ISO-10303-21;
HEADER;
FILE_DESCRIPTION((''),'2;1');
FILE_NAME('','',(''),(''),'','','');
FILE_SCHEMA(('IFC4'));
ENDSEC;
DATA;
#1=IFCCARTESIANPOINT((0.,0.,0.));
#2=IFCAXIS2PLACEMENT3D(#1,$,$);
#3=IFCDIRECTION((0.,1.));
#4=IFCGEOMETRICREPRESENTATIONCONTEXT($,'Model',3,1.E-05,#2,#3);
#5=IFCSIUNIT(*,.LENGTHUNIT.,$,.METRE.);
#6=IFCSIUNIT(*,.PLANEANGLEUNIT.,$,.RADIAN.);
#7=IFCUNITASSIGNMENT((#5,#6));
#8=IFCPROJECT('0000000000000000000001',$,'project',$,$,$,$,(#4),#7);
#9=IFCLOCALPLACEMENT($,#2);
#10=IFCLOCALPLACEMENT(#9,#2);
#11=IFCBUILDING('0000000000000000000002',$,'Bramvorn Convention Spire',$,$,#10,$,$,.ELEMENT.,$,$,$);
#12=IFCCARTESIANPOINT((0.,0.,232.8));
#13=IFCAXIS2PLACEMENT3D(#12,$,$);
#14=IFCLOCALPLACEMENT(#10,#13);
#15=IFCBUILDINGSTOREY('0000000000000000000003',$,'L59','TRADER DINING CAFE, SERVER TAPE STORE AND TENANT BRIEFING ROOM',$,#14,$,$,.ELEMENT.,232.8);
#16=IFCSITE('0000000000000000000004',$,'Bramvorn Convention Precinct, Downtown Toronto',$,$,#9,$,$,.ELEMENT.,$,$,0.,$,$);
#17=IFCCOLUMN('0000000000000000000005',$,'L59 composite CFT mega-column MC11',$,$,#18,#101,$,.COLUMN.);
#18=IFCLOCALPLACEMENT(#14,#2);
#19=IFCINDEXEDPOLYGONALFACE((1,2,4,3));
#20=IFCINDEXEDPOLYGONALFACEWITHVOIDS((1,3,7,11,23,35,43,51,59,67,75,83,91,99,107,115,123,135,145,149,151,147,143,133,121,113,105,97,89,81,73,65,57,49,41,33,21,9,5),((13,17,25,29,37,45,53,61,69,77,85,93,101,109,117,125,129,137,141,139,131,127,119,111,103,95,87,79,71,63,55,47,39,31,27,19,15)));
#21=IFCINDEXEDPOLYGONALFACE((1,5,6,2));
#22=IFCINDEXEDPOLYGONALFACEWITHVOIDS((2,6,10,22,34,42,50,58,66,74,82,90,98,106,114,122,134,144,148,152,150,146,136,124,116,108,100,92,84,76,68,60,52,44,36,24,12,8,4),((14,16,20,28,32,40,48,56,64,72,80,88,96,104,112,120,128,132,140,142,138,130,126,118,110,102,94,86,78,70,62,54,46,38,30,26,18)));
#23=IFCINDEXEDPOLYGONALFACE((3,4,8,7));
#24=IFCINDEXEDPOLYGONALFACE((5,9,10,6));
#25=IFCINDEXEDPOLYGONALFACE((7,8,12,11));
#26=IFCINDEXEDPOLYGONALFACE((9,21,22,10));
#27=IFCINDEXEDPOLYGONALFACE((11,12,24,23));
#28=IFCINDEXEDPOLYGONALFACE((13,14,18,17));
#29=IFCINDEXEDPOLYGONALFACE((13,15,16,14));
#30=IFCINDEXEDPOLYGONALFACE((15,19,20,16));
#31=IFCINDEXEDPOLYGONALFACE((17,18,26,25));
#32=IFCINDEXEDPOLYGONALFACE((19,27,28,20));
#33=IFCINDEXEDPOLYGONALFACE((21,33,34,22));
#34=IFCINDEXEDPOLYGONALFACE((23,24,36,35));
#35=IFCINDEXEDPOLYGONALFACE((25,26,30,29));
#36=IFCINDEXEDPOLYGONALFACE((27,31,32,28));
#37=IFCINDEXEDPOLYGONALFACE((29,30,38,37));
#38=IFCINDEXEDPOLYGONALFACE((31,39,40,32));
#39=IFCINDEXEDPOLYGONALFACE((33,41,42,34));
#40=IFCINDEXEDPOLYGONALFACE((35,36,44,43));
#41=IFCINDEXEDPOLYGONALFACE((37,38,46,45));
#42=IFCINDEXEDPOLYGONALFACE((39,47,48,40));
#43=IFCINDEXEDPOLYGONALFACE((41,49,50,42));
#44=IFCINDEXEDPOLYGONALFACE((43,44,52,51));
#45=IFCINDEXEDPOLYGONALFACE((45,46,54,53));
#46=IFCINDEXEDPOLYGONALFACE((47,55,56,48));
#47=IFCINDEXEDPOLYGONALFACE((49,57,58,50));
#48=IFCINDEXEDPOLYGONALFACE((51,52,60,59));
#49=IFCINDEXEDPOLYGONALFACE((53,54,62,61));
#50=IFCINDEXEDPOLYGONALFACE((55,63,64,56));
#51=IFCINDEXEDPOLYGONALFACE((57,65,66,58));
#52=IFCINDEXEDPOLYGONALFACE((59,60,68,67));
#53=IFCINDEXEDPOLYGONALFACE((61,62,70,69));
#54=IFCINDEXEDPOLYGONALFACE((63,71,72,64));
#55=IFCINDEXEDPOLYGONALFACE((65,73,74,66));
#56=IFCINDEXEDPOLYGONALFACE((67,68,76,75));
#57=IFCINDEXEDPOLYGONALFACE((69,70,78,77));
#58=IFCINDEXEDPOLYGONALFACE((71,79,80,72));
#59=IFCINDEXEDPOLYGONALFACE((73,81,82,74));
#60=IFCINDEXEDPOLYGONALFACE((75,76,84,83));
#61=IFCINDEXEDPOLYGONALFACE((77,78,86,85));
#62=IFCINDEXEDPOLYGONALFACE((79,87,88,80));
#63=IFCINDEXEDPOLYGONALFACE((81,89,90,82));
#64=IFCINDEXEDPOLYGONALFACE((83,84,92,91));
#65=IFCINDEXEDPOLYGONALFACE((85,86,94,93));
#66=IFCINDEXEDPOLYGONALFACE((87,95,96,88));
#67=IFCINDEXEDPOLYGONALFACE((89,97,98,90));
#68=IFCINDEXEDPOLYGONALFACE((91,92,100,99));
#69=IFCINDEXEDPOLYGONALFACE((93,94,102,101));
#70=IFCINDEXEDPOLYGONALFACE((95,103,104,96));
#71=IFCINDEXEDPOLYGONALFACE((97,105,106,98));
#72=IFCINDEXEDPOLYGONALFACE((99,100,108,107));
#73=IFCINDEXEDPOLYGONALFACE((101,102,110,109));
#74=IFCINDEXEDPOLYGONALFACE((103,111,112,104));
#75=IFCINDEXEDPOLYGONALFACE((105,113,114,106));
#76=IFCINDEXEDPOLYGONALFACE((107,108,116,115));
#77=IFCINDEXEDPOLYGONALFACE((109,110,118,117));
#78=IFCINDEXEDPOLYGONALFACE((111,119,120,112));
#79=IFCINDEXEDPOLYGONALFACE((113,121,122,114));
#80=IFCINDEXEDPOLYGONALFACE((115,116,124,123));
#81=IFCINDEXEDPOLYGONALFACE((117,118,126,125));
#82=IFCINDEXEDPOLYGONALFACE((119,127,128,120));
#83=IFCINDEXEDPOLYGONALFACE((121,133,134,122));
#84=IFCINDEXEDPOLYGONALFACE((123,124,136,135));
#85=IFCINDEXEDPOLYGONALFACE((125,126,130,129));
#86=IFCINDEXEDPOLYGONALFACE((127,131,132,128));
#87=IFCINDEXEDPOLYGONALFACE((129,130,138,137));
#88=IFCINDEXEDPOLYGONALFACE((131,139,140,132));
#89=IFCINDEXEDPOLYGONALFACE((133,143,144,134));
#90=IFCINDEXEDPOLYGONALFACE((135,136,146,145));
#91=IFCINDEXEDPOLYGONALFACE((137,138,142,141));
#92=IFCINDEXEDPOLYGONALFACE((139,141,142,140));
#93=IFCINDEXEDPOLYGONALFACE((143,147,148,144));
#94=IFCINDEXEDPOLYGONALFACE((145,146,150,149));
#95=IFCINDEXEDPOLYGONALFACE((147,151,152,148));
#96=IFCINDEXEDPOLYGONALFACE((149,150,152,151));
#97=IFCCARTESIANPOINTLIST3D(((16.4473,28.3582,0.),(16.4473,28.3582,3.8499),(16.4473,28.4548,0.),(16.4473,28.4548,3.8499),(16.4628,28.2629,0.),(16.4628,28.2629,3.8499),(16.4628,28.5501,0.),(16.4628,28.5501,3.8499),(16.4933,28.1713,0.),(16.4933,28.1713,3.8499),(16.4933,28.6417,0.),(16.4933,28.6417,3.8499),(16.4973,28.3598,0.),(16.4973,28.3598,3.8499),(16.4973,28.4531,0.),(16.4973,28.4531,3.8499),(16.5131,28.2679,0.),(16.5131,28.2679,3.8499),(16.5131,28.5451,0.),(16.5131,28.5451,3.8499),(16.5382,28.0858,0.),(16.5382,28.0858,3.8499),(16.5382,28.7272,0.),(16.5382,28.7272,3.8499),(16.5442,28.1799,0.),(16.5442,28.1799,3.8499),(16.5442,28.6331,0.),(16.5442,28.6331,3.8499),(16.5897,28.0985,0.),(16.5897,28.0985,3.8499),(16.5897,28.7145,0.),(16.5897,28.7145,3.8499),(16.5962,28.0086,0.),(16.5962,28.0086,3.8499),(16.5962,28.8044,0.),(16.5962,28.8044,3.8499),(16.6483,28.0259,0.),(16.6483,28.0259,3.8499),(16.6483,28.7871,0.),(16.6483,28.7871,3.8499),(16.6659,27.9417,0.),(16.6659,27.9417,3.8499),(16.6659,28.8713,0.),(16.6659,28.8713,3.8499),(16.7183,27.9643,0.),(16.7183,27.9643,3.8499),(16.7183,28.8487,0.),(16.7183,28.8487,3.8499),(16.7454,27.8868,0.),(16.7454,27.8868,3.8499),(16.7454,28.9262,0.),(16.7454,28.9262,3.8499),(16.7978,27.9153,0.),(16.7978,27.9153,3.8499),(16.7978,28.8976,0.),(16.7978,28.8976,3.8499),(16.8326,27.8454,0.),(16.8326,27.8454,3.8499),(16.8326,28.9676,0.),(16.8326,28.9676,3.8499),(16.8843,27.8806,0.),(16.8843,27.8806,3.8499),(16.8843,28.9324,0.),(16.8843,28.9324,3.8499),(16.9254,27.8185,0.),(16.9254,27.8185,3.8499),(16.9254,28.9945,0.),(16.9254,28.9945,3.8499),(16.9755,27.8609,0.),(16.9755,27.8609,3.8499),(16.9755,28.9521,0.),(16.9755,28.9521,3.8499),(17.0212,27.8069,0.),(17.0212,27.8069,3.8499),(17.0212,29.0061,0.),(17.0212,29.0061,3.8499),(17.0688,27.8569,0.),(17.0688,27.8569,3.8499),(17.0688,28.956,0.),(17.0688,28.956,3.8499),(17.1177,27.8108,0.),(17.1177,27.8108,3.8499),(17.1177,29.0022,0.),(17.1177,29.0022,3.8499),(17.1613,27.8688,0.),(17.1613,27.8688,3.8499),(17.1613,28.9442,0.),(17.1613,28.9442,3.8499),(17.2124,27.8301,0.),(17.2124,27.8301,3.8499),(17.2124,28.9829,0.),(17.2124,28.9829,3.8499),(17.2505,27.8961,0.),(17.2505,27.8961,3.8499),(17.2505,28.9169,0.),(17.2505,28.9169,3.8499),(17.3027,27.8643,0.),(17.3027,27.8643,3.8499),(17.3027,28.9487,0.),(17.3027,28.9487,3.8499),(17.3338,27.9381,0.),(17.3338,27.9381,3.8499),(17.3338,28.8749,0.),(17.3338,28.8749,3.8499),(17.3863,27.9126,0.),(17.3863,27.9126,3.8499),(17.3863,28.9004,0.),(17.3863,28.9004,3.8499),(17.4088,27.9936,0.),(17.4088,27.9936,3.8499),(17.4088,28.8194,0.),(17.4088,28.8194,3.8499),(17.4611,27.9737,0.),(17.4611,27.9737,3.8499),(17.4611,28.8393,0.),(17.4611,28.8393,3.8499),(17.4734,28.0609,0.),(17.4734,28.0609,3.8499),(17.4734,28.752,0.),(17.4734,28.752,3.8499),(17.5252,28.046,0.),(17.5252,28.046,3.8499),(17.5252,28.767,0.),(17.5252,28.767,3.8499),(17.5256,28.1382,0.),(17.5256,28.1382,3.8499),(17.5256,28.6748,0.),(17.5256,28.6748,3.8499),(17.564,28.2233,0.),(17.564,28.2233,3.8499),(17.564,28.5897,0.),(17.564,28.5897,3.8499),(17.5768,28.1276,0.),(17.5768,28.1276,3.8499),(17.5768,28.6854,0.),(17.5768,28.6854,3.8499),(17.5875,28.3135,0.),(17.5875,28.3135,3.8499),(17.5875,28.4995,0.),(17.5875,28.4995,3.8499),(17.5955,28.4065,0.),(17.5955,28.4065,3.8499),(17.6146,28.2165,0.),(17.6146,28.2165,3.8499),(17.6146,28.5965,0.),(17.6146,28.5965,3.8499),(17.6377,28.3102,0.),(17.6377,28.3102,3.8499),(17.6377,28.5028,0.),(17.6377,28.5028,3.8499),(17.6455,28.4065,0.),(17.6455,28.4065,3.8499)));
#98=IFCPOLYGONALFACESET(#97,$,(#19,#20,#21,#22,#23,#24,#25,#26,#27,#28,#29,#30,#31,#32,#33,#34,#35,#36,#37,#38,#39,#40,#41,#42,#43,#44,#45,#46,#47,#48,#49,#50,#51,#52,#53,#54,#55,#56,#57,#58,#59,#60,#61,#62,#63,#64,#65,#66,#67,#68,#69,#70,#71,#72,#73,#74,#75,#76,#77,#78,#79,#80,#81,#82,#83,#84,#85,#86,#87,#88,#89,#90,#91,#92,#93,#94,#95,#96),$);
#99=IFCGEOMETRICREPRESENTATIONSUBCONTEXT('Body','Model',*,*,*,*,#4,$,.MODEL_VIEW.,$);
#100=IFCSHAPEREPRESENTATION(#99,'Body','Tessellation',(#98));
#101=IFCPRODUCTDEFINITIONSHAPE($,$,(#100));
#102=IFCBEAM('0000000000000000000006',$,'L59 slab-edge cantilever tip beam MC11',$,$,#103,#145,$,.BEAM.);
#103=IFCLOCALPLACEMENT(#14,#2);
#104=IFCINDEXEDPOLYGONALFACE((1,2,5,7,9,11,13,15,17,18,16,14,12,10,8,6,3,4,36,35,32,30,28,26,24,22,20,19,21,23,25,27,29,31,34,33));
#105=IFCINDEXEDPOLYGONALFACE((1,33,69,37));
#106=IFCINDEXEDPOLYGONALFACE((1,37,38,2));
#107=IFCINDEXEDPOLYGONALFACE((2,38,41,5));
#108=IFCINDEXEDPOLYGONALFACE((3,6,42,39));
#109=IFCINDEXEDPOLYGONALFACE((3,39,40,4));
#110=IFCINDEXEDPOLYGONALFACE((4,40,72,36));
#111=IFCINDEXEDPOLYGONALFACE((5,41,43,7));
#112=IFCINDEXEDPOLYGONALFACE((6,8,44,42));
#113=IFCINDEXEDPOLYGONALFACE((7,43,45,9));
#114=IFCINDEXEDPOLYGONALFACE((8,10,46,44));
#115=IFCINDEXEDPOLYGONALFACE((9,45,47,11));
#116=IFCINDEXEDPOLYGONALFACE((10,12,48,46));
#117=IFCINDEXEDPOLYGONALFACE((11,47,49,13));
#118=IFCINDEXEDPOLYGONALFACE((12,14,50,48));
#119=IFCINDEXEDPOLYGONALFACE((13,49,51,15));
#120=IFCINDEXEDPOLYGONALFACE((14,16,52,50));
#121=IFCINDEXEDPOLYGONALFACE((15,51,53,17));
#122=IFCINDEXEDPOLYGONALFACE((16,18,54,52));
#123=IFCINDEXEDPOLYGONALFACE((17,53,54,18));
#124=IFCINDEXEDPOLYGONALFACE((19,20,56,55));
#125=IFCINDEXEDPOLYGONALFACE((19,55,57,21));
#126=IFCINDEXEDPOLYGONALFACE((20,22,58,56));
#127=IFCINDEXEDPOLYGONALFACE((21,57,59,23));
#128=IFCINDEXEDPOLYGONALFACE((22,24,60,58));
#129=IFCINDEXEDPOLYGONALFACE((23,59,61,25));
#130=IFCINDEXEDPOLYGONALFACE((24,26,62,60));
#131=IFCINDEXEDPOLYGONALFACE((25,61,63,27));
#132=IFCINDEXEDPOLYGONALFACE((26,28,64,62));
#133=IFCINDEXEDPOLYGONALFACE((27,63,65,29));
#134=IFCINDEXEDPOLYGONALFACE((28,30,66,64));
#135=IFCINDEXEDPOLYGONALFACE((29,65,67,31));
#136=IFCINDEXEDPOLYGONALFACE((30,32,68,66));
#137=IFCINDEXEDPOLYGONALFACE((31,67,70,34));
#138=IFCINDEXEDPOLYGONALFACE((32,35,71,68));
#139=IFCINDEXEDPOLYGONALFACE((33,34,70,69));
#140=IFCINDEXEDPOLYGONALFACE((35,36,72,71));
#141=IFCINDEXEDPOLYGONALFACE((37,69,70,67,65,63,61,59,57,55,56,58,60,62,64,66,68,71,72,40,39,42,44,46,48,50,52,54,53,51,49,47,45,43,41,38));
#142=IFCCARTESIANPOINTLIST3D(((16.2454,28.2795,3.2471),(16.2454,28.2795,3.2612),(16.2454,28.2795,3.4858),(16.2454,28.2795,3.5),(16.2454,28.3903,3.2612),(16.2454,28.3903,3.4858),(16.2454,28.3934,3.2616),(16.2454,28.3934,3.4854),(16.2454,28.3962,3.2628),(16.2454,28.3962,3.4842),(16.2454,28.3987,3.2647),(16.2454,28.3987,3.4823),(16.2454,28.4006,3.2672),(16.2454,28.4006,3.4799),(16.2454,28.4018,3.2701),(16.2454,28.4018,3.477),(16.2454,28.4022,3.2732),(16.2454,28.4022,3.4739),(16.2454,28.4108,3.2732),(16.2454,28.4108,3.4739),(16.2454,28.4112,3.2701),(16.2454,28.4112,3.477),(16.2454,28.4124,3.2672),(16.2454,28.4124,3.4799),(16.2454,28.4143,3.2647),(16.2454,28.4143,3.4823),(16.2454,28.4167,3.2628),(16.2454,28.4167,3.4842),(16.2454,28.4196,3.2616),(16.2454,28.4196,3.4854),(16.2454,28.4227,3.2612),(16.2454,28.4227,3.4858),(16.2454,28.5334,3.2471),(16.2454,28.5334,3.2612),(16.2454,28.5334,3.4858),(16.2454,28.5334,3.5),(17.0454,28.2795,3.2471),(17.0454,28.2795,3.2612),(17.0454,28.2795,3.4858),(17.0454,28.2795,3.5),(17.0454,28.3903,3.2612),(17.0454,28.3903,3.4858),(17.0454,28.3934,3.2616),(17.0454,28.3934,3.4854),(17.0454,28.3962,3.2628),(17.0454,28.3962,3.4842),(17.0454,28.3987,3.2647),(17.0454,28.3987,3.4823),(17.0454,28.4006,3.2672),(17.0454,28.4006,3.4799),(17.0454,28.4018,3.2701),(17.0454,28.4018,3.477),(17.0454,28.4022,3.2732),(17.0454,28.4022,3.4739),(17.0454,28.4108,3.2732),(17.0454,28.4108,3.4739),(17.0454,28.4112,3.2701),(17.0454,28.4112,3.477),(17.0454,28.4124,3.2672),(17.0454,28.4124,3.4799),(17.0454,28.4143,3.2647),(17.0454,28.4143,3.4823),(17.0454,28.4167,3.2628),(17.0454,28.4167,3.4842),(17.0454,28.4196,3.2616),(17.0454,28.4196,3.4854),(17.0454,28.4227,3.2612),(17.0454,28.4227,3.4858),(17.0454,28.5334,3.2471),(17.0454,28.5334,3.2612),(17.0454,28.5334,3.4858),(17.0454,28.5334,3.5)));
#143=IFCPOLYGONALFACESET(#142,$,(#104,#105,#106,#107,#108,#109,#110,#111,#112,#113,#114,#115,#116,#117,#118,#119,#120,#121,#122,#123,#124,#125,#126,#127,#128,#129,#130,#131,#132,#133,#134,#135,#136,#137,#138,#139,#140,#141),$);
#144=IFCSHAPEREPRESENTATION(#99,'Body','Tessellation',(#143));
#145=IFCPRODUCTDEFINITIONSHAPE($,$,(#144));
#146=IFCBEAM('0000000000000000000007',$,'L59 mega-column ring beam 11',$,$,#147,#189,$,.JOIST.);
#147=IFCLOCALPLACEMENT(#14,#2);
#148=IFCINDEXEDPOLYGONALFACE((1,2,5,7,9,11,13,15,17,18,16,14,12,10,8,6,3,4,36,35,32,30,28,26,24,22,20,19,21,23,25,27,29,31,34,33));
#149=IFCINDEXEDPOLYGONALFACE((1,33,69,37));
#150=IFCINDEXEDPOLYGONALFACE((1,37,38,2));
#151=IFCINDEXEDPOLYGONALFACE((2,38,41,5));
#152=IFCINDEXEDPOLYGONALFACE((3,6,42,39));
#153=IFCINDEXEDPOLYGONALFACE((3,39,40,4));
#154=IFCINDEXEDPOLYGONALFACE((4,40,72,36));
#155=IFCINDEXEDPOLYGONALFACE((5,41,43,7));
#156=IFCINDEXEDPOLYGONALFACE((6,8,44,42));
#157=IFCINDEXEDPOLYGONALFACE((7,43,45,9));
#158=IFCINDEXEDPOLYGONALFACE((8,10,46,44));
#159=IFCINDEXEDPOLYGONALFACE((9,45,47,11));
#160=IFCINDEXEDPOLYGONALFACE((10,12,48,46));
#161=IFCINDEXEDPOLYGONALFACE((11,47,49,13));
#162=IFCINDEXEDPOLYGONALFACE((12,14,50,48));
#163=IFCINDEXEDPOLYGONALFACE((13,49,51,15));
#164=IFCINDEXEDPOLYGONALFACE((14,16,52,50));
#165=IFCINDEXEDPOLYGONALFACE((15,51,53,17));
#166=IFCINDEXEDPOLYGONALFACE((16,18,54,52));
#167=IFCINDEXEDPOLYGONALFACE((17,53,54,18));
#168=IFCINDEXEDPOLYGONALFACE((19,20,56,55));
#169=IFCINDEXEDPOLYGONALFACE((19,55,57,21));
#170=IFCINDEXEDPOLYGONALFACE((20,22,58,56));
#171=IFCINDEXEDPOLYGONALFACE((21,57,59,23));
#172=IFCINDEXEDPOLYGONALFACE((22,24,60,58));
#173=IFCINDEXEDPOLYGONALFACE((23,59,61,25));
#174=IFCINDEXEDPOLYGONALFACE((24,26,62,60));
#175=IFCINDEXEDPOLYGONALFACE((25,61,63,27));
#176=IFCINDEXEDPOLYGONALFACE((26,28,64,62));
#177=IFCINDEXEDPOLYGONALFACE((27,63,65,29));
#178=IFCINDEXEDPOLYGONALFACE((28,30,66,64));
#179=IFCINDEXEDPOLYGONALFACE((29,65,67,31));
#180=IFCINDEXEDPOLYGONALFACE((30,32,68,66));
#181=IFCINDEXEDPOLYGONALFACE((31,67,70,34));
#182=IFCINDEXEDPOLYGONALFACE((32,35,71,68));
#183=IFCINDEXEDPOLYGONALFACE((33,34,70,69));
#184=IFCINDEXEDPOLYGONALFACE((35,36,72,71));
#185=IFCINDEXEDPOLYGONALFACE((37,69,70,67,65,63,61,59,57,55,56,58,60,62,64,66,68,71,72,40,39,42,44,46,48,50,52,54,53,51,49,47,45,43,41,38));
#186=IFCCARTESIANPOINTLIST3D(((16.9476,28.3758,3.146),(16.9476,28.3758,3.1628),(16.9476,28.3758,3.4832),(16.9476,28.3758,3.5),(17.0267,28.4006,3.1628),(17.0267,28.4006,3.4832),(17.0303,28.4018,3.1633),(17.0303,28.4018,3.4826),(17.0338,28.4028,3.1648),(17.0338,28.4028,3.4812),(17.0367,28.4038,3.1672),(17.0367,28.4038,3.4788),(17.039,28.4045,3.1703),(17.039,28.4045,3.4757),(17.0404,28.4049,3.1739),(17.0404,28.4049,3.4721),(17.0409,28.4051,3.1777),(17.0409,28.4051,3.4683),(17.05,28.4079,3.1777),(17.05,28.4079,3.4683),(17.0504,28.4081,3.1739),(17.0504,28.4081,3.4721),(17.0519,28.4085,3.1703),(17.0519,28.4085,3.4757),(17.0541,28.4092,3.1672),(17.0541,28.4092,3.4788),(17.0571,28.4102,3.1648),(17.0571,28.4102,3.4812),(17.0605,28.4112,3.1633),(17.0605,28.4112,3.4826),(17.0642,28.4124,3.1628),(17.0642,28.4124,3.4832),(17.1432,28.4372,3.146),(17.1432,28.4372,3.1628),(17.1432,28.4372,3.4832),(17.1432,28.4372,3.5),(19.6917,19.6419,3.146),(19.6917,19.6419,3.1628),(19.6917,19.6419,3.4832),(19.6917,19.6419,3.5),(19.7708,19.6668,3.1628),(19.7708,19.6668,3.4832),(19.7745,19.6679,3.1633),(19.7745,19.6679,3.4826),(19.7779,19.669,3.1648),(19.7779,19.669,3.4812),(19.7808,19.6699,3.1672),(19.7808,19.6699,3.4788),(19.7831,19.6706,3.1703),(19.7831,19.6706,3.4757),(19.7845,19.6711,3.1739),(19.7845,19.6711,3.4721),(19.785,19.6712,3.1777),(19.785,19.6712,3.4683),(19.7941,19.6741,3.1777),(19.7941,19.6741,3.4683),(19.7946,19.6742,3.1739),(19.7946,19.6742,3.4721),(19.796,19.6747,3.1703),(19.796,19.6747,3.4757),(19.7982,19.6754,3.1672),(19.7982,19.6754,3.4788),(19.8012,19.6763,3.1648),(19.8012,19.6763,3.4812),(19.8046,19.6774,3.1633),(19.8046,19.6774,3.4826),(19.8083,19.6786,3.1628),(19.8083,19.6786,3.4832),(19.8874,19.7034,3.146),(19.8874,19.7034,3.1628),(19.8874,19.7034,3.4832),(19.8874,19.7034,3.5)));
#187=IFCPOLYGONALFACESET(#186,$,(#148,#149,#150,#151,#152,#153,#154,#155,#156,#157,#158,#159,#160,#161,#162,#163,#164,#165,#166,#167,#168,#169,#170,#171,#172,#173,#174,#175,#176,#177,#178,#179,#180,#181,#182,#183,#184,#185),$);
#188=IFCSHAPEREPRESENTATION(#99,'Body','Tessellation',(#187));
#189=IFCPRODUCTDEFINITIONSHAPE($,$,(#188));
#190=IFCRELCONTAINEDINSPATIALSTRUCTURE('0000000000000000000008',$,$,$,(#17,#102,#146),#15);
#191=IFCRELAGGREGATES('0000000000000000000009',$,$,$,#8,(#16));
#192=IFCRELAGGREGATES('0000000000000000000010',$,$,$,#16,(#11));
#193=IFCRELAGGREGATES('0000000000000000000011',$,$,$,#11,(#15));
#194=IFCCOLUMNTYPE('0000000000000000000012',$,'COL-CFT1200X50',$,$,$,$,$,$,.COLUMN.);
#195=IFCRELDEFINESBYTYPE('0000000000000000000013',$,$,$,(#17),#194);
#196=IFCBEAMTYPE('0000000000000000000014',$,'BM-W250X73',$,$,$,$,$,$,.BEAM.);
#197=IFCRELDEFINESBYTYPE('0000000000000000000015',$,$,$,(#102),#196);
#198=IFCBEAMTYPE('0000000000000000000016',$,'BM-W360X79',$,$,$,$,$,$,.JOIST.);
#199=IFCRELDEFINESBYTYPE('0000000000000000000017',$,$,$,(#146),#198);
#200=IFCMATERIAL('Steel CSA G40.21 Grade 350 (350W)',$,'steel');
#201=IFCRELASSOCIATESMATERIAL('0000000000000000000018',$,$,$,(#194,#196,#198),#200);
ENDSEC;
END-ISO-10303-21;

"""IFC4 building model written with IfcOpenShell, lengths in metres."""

from ifc_helpers import new_model, si_unit, direction, frame, origin, origin_2d, place, context, subcontext, project, spatial, hollow_circle, i_section, extrude, material, material_profile, profile_set, type_object, element, save


model = new_model("IFC4")

# Units and contexts
model_context = context("Model", 3, precision=1e-05, world=origin(), true_north=direction((0.0, 1.0)))
body_context = subcontext(model_context, "Body", "Model", "MODEL_VIEW")
ifc_project = project(units=[si_unit("LENGTHUNIT", "METRE"), si_unit("PLANEANGLEUNIT", "RADIAN")], contexts=[model_context])

# Site, building, storey
site_placement = place(None, origin())
site = spatial("IfcSite", under=ifc_project, at=site_placement, Name="Bramvorn Convention Precinct, Downtown Toronto", CompositionType="ELEMENT", RefElevation=0.0)
building_placement = place(site_placement, origin())
building = spatial("IfcBuilding", under=site, at=building_placement, Name="Bramvorn Convention Spire", CompositionType="ELEMENT")
storey_placement = place(building_placement, frame((0.0, 0.0, 232.8)))
storey = spatial("IfcBuildingStorey", under=building, at=storey_placement, Name="L59", Description="TRADER DINING CAFE, SERVER TAPE STORE AND TENANT BRIEFING ROOM", CompositionType="ELEMENT", Elevation=232.8)

# Column
ifc_material_1 = material(Name="Steel CSA G40.21 Grade 350 (350W)", Category="steel")
ifc_material_profile_1 = material_profile(ifc_material_1, hollow_circle(Radius=0.6001, WallThickness=0.05, at=origin_2d()))
ifc_profile_set_1 = profile_set([ifc_material_profile_1], Name="Steel CSA G40.21 Grade 350 (350W) - CFT1200X50")
column_type = type_object("IfcColumnType", Name="COL-CFT1200X50", PredefinedType="COLUMN", material=ifc_profile_set_1)
column_placement = place(storey_placement, frame((17.0454, 28.4065, 0.0), z_axis=(0.0, 0.0, 1.0), x_axis=(1.0, 0.0, 0.0)))
element("IfcColumn", 1, at=column_placement, inside=storey, type_object=column_type, Name="L59 composite CFT mega-column MC11", PredefinedType="COLUMN", context=body_context, shape_type="SweptSolid", body=[
    extrude(hollow_circle(Radius=0.6001, WallThickness=0.05, at=origin_2d()), origin(), (0.0, 0.0, 1.0), 3.8499),
])

# Beams
ifc_material_profile_2 = material_profile(ifc_material_1, i_section(OverallWidth=0.2539, OverallDepth=0.2529, WebThickness=0.0085, FlangeThickness=0.0142, FilletRadius=0.012, at=origin_2d()))
ifc_profile_set_2 = profile_set([ifc_material_profile_2], Name="Steel CSA G40.21 Grade 350 (350W) - W250X73")
beam_type_1 = type_object("IfcBeamType", Name="BM-W250X73", PredefinedType="BEAM", material=ifc_profile_set_2)
beam_1_placement = place(storey_placement, frame((17.0454, 28.4065, 3.3735), z_axis=(-1.0, 0.0, 0.0), x_axis=(0.0, -1.0, 0.0)))
element("IfcBeam", 2, at=beam_1_placement, inside=storey, type_object=beam_type_1, Name="L59 slab-edge cantilever tip beam MC11", PredefinedType="BEAM", context=body_context, shape_type="SweptSolid", body=[
    extrude(i_section(OverallWidth=0.2539, OverallDepth=0.2529, WebThickness=0.0085, FlangeThickness=0.0142, FilletRadius=0.012, at=origin_2d()), origin(), (0.0, 0.0, 1.0), 0.8),
])
ifc_material_profile_3 = material_profile(ifc_material_1, i_section(OverallWidth=0.2051, OverallDepth=0.354, WebThickness=0.0095, FlangeThickness=0.0168, FilletRadius=0.0149, at=origin_2d()))
ifc_profile_set_3 = profile_set([ifc_material_profile_3], Name="Steel CSA G40.21 Grade 350 (350W) - W360X79")
beam_type_2 = type_object("IfcBeamType", Name="BM-W360X79", PredefinedType="JOIST", material=ifc_profile_set_3)
beam_2_placement = place(storey_placement, frame((17.0454, 28.4065, 3.323), z_axis=(0.299748, -0.954019, 0.0), x_axis=(0.954019, 0.299748, 0.0)))
element("IfcBeam", 3, at=beam_2_placement, inside=storey, type_object=beam_type_2, Name="L59 mega-column ring beam 11", PredefinedType="JOIST", context=body_context, shape_type="SweptSolid", body=[
    extrude(i_section(OverallWidth=0.2051, OverallDepth=0.354, WebThickness=0.0095, FlangeThickness=0.0168, FilletRadius=0.0149, at=origin_2d()), origin(), (0.0, 0.0, 1.0), 9.1548),
])

save(model, "model.ifc")
